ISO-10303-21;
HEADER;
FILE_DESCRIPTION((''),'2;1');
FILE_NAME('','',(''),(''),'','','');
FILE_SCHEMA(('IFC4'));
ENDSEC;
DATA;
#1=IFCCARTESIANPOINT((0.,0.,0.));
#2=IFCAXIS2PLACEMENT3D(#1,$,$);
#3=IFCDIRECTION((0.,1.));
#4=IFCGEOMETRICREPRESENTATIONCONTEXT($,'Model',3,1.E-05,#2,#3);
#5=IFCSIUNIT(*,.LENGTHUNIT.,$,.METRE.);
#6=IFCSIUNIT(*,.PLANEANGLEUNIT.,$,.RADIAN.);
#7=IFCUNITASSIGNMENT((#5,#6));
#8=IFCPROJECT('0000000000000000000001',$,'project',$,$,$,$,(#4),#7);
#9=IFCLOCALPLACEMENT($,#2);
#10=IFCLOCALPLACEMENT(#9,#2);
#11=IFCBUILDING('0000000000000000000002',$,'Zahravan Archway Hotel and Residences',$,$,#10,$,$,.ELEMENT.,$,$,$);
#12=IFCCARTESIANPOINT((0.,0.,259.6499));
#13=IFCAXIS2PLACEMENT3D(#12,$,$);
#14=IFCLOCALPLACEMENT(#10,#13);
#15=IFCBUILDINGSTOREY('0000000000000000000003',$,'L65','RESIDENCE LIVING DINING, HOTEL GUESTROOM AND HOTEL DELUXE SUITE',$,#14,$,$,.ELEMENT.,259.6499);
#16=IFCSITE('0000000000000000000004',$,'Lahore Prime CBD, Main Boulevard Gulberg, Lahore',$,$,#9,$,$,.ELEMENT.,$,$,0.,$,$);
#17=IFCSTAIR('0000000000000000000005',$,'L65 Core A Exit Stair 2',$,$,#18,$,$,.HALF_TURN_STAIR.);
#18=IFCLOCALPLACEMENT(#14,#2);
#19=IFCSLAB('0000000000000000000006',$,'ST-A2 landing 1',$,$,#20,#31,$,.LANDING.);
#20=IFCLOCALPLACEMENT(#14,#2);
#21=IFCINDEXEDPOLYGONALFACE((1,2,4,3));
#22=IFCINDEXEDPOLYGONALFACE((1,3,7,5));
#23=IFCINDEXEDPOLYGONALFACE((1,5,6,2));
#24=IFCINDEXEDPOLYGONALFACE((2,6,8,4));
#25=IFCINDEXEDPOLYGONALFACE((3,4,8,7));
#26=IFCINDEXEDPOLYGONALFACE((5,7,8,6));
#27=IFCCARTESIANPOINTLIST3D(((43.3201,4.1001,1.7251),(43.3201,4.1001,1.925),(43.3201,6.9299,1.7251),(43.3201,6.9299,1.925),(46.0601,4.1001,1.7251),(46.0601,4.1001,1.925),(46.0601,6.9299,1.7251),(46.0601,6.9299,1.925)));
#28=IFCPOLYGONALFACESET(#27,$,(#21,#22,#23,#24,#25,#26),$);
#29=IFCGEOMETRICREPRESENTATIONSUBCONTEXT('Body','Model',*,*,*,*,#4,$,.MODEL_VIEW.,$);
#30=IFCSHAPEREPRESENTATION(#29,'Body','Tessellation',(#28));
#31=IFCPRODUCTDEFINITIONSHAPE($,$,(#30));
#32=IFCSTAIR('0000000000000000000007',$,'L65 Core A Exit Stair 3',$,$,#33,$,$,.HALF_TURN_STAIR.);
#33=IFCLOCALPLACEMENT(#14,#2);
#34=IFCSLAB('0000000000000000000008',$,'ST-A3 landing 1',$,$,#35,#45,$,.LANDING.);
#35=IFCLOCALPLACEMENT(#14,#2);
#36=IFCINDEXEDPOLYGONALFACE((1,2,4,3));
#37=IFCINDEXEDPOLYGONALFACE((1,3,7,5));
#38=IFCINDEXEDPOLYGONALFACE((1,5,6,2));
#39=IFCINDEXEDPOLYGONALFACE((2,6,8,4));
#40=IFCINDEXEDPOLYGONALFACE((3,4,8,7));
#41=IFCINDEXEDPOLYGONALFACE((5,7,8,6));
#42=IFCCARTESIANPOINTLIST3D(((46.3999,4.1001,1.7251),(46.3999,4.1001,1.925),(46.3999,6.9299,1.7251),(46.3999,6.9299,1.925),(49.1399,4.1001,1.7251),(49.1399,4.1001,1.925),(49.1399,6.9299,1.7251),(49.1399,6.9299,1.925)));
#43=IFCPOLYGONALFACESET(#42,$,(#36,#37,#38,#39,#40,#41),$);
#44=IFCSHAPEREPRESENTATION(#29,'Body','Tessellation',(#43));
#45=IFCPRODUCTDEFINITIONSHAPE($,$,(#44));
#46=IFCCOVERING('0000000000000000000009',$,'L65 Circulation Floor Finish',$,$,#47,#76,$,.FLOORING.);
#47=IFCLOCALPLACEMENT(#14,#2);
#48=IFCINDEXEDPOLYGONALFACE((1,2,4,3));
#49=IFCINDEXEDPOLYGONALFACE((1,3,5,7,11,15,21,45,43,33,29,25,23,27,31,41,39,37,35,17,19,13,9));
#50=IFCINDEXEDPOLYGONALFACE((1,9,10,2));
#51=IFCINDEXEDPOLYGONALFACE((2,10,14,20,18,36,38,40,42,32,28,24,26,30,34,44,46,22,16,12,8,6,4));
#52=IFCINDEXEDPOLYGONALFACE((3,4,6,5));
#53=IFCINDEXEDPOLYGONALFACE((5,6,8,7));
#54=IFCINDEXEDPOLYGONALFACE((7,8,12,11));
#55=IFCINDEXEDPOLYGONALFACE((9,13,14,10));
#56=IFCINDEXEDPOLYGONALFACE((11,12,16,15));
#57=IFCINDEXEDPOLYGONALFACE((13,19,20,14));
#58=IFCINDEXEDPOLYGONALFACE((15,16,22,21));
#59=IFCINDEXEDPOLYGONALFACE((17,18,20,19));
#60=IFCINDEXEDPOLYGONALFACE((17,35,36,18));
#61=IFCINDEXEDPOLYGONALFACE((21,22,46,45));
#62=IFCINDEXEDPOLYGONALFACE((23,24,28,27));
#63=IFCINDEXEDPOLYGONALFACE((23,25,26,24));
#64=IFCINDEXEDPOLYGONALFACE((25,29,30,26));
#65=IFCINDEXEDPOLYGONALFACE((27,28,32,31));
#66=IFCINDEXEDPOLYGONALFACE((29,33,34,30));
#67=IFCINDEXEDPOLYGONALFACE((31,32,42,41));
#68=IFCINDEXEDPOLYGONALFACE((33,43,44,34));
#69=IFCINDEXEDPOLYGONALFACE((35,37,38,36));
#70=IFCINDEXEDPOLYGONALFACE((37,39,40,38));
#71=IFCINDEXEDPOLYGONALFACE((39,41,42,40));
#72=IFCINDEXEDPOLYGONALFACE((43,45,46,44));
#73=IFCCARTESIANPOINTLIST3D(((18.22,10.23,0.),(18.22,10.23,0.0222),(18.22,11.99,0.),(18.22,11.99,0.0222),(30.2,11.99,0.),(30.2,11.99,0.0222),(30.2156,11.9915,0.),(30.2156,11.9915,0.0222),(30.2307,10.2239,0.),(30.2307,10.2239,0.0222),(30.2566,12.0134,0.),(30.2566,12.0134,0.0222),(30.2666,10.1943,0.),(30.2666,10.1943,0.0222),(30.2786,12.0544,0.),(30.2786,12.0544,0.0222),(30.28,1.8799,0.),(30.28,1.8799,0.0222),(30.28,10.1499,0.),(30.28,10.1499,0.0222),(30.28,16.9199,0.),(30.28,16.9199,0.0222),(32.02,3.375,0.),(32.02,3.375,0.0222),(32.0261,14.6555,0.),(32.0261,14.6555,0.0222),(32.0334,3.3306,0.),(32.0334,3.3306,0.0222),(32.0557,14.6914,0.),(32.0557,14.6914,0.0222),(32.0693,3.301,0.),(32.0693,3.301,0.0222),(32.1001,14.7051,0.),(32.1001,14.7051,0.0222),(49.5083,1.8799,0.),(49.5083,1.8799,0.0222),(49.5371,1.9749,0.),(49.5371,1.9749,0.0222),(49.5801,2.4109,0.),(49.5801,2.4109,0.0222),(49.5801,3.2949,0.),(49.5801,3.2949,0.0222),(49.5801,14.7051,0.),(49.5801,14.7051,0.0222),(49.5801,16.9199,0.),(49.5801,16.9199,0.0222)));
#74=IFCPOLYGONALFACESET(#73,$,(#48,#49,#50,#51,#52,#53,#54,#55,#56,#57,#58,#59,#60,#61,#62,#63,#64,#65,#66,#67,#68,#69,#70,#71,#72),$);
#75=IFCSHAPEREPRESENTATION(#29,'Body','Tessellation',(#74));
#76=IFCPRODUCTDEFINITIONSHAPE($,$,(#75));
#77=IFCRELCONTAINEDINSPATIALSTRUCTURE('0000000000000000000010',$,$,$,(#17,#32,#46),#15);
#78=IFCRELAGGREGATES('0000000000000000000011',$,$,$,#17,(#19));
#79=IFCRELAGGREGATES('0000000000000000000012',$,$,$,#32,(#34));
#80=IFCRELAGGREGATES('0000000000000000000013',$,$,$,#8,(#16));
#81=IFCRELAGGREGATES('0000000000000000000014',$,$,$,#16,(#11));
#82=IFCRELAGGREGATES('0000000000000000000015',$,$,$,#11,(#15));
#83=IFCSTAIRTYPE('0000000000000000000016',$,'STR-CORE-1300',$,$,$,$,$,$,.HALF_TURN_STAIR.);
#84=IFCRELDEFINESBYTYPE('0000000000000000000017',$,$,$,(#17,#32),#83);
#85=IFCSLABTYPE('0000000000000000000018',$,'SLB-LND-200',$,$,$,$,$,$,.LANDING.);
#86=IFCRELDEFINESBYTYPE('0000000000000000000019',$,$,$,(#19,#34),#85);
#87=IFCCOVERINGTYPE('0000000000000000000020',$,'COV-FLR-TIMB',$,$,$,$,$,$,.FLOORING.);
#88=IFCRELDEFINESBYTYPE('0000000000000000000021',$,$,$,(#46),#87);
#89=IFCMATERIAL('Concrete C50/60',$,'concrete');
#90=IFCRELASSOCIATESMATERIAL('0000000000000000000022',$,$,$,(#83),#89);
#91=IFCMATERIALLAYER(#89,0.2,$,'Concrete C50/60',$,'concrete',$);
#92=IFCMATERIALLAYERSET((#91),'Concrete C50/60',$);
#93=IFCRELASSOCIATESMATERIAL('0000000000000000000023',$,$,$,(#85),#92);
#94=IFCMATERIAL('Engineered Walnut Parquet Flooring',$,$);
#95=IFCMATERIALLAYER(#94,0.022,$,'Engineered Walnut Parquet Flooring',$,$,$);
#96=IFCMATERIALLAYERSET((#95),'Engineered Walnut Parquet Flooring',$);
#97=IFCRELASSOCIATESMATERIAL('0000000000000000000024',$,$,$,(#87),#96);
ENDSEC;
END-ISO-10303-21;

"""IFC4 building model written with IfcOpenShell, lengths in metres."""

from ifc_helpers import new_model, si_unit, direction, frame, origin, place, context, subcontext, project, spatial, polyline, outline, extrude, material, layer, layer_set, type_object, element, aggregate, save


model = new_model("IFC4")

# Units and contexts
model_context = context("Model", 3, precision=1e-05, world=origin(), true_north=direction((0.0, 1.0)))
body_context = subcontext(model_context, "Body", "Model", "MODEL_VIEW")
ifc_project = project(units=[si_unit("LENGTHUNIT", "METRE"), si_unit("PLANEANGLEUNIT", "RADIAN")], contexts=[model_context])

# Site, building, storey
site_placement = place(None, origin())
site = spatial("IfcSite", under=ifc_project, at=site_placement, Name="Lahore Prime CBD, Main Boulevard Gulberg, Lahore", CompositionType="ELEMENT", RefElevation=0.0)
building_placement = place(site_placement, origin())
building = spatial("IfcBuilding", under=site, at=building_placement, Name="Zahravan Archway Hotel and Residences", CompositionType="ELEMENT")
storey_placement = place(building_placement, frame((0.0, 0.0, 259.6499)))
storey = spatial("IfcBuildingStorey", under=building, at=storey_placement, Name="L65", Description="RESIDENCE LIVING DINING, HOTEL GUESTROOM AND HOTEL DELUXE SUITE", CompositionType="ELEMENT", Elevation=259.6499)

# Stairs, slabs
ifc_material_1 = material(Name="Concrete C50/60", Category="concrete")
stair_type = type_object("IfcStairType", Name="STR-CORE-1300", PredefinedType="HALF_TURN_STAIR", material=ifc_material_1)
ifc_layer_1 = layer(ifc_material_1, 0.2, Name="Concrete C50/60", Category="concrete")
ifc_layer_set_1 = layer_set([ifc_layer_1], Name="Concrete C50/60")
slab_type_1 = type_object("IfcSlabType", Name="SLB-LND-200", PredefinedType="LANDING", material=ifc_layer_set_1)
stair_1_placement = place(storey_placement, origin())
stair_1 = element("IfcStair", 1, at=stair_1_placement, inside=storey, type_object=stair_type, Name="L65 Core A Exit Stair 2", PredefinedType="HALF_TURN_STAIR")
slab_1_placement = place(storey_placement, frame((0.0, 0.0, 1.7251)))
slab_1 = element("IfcSlab", 2, at=slab_1_placement, type_object=slab_type_1, Name="ST-A2 landing 1", PredefinedType="LANDING", context=body_context, shape_type="SweptSolid", body=[
    extrude(outline(polyline([(43.3201, 6.9299), (43.3201, 4.1001), (46.0601, 4.1001), (46.0601, 6.9299), (43.3201, 6.9299)])), origin(), (0.0, 0.0, 1.0), 0.2),
])
aggregate(stair_1, [slab_1])
stair_2_placement = place(storey_placement, origin())
stair_2 = element("IfcStair", 3, at=stair_2_placement, inside=storey, type_object=stair_type, Name="L65 Core A Exit Stair 3", PredefinedType="HALF_TURN_STAIR")
slab_2_placement = place(storey_placement, frame((0.0, 0.0, 1.7251)))
slab_2 = element("IfcSlab", 4, at=slab_2_placement, type_object=slab_type_1, Name="ST-A3 landing 1", PredefinedType="LANDING", context=body_context, shape_type="SweptSolid", body=[
    extrude(outline(polyline([(46.3999, 6.9299), (46.3999, 4.1001), (49.1399, 4.1001), (49.1399, 6.9299), (46.3999, 6.9299)])), origin(), (0.0, 0.0, 1.0), 0.2),
])
aggregate(stair_2, [slab_2])

# Covering
ifc_material_2 = material(Name="Engineered Walnut Parquet Flooring")
ifc_layer_2 = layer(ifc_material_2, 0.022, Name="Engineered Walnut Parquet Flooring")
ifc_layer_set_2 = layer_set([ifc_layer_2], Name="Engineered Walnut Parquet Flooring")
covering_type = type_object("IfcCoveringType", Name="COV-FLR-TIMB", PredefinedType="FLOORING", material=ifc_layer_set_2)
covering_placement = place(storey_placement, origin())
element("IfcCovering", 5, at=covering_placement, inside=storey, type_object=covering_type, Name="L65 Circulation Floor Finish", PredefinedType="FLOORING", context=body_context, shape_type="SweptSolid", body=[
    extrude(outline(polyline([(30.2156, 11.9915), (30.2566, 12.0134), (30.2786, 12.0544), (30.28, 16.9199), (49.5801, 16.9199), (49.5801, 14.7051), (32.1001, 14.7051), (32.0557, 14.6914), (32.0261, 14.6555), (32.02, 3.375), (32.0334, 3.3306), (32.0693, 3.301), (49.5801, 3.2949), (49.5801, 2.4109), (49.5371, 1.9749), (49.5083, 1.8799), (30.28, 1.8799), (30.28, 10.1499), (30.2666, 10.1943), (30.2307, 10.2239), (18.22, 10.23), (18.22, 11.99), (30.2, 11.99), (30.2156, 11.9915)])), origin(), (0.0, 0.0, 1.0), 0.0222),
])

save(model, "model.ifc")
